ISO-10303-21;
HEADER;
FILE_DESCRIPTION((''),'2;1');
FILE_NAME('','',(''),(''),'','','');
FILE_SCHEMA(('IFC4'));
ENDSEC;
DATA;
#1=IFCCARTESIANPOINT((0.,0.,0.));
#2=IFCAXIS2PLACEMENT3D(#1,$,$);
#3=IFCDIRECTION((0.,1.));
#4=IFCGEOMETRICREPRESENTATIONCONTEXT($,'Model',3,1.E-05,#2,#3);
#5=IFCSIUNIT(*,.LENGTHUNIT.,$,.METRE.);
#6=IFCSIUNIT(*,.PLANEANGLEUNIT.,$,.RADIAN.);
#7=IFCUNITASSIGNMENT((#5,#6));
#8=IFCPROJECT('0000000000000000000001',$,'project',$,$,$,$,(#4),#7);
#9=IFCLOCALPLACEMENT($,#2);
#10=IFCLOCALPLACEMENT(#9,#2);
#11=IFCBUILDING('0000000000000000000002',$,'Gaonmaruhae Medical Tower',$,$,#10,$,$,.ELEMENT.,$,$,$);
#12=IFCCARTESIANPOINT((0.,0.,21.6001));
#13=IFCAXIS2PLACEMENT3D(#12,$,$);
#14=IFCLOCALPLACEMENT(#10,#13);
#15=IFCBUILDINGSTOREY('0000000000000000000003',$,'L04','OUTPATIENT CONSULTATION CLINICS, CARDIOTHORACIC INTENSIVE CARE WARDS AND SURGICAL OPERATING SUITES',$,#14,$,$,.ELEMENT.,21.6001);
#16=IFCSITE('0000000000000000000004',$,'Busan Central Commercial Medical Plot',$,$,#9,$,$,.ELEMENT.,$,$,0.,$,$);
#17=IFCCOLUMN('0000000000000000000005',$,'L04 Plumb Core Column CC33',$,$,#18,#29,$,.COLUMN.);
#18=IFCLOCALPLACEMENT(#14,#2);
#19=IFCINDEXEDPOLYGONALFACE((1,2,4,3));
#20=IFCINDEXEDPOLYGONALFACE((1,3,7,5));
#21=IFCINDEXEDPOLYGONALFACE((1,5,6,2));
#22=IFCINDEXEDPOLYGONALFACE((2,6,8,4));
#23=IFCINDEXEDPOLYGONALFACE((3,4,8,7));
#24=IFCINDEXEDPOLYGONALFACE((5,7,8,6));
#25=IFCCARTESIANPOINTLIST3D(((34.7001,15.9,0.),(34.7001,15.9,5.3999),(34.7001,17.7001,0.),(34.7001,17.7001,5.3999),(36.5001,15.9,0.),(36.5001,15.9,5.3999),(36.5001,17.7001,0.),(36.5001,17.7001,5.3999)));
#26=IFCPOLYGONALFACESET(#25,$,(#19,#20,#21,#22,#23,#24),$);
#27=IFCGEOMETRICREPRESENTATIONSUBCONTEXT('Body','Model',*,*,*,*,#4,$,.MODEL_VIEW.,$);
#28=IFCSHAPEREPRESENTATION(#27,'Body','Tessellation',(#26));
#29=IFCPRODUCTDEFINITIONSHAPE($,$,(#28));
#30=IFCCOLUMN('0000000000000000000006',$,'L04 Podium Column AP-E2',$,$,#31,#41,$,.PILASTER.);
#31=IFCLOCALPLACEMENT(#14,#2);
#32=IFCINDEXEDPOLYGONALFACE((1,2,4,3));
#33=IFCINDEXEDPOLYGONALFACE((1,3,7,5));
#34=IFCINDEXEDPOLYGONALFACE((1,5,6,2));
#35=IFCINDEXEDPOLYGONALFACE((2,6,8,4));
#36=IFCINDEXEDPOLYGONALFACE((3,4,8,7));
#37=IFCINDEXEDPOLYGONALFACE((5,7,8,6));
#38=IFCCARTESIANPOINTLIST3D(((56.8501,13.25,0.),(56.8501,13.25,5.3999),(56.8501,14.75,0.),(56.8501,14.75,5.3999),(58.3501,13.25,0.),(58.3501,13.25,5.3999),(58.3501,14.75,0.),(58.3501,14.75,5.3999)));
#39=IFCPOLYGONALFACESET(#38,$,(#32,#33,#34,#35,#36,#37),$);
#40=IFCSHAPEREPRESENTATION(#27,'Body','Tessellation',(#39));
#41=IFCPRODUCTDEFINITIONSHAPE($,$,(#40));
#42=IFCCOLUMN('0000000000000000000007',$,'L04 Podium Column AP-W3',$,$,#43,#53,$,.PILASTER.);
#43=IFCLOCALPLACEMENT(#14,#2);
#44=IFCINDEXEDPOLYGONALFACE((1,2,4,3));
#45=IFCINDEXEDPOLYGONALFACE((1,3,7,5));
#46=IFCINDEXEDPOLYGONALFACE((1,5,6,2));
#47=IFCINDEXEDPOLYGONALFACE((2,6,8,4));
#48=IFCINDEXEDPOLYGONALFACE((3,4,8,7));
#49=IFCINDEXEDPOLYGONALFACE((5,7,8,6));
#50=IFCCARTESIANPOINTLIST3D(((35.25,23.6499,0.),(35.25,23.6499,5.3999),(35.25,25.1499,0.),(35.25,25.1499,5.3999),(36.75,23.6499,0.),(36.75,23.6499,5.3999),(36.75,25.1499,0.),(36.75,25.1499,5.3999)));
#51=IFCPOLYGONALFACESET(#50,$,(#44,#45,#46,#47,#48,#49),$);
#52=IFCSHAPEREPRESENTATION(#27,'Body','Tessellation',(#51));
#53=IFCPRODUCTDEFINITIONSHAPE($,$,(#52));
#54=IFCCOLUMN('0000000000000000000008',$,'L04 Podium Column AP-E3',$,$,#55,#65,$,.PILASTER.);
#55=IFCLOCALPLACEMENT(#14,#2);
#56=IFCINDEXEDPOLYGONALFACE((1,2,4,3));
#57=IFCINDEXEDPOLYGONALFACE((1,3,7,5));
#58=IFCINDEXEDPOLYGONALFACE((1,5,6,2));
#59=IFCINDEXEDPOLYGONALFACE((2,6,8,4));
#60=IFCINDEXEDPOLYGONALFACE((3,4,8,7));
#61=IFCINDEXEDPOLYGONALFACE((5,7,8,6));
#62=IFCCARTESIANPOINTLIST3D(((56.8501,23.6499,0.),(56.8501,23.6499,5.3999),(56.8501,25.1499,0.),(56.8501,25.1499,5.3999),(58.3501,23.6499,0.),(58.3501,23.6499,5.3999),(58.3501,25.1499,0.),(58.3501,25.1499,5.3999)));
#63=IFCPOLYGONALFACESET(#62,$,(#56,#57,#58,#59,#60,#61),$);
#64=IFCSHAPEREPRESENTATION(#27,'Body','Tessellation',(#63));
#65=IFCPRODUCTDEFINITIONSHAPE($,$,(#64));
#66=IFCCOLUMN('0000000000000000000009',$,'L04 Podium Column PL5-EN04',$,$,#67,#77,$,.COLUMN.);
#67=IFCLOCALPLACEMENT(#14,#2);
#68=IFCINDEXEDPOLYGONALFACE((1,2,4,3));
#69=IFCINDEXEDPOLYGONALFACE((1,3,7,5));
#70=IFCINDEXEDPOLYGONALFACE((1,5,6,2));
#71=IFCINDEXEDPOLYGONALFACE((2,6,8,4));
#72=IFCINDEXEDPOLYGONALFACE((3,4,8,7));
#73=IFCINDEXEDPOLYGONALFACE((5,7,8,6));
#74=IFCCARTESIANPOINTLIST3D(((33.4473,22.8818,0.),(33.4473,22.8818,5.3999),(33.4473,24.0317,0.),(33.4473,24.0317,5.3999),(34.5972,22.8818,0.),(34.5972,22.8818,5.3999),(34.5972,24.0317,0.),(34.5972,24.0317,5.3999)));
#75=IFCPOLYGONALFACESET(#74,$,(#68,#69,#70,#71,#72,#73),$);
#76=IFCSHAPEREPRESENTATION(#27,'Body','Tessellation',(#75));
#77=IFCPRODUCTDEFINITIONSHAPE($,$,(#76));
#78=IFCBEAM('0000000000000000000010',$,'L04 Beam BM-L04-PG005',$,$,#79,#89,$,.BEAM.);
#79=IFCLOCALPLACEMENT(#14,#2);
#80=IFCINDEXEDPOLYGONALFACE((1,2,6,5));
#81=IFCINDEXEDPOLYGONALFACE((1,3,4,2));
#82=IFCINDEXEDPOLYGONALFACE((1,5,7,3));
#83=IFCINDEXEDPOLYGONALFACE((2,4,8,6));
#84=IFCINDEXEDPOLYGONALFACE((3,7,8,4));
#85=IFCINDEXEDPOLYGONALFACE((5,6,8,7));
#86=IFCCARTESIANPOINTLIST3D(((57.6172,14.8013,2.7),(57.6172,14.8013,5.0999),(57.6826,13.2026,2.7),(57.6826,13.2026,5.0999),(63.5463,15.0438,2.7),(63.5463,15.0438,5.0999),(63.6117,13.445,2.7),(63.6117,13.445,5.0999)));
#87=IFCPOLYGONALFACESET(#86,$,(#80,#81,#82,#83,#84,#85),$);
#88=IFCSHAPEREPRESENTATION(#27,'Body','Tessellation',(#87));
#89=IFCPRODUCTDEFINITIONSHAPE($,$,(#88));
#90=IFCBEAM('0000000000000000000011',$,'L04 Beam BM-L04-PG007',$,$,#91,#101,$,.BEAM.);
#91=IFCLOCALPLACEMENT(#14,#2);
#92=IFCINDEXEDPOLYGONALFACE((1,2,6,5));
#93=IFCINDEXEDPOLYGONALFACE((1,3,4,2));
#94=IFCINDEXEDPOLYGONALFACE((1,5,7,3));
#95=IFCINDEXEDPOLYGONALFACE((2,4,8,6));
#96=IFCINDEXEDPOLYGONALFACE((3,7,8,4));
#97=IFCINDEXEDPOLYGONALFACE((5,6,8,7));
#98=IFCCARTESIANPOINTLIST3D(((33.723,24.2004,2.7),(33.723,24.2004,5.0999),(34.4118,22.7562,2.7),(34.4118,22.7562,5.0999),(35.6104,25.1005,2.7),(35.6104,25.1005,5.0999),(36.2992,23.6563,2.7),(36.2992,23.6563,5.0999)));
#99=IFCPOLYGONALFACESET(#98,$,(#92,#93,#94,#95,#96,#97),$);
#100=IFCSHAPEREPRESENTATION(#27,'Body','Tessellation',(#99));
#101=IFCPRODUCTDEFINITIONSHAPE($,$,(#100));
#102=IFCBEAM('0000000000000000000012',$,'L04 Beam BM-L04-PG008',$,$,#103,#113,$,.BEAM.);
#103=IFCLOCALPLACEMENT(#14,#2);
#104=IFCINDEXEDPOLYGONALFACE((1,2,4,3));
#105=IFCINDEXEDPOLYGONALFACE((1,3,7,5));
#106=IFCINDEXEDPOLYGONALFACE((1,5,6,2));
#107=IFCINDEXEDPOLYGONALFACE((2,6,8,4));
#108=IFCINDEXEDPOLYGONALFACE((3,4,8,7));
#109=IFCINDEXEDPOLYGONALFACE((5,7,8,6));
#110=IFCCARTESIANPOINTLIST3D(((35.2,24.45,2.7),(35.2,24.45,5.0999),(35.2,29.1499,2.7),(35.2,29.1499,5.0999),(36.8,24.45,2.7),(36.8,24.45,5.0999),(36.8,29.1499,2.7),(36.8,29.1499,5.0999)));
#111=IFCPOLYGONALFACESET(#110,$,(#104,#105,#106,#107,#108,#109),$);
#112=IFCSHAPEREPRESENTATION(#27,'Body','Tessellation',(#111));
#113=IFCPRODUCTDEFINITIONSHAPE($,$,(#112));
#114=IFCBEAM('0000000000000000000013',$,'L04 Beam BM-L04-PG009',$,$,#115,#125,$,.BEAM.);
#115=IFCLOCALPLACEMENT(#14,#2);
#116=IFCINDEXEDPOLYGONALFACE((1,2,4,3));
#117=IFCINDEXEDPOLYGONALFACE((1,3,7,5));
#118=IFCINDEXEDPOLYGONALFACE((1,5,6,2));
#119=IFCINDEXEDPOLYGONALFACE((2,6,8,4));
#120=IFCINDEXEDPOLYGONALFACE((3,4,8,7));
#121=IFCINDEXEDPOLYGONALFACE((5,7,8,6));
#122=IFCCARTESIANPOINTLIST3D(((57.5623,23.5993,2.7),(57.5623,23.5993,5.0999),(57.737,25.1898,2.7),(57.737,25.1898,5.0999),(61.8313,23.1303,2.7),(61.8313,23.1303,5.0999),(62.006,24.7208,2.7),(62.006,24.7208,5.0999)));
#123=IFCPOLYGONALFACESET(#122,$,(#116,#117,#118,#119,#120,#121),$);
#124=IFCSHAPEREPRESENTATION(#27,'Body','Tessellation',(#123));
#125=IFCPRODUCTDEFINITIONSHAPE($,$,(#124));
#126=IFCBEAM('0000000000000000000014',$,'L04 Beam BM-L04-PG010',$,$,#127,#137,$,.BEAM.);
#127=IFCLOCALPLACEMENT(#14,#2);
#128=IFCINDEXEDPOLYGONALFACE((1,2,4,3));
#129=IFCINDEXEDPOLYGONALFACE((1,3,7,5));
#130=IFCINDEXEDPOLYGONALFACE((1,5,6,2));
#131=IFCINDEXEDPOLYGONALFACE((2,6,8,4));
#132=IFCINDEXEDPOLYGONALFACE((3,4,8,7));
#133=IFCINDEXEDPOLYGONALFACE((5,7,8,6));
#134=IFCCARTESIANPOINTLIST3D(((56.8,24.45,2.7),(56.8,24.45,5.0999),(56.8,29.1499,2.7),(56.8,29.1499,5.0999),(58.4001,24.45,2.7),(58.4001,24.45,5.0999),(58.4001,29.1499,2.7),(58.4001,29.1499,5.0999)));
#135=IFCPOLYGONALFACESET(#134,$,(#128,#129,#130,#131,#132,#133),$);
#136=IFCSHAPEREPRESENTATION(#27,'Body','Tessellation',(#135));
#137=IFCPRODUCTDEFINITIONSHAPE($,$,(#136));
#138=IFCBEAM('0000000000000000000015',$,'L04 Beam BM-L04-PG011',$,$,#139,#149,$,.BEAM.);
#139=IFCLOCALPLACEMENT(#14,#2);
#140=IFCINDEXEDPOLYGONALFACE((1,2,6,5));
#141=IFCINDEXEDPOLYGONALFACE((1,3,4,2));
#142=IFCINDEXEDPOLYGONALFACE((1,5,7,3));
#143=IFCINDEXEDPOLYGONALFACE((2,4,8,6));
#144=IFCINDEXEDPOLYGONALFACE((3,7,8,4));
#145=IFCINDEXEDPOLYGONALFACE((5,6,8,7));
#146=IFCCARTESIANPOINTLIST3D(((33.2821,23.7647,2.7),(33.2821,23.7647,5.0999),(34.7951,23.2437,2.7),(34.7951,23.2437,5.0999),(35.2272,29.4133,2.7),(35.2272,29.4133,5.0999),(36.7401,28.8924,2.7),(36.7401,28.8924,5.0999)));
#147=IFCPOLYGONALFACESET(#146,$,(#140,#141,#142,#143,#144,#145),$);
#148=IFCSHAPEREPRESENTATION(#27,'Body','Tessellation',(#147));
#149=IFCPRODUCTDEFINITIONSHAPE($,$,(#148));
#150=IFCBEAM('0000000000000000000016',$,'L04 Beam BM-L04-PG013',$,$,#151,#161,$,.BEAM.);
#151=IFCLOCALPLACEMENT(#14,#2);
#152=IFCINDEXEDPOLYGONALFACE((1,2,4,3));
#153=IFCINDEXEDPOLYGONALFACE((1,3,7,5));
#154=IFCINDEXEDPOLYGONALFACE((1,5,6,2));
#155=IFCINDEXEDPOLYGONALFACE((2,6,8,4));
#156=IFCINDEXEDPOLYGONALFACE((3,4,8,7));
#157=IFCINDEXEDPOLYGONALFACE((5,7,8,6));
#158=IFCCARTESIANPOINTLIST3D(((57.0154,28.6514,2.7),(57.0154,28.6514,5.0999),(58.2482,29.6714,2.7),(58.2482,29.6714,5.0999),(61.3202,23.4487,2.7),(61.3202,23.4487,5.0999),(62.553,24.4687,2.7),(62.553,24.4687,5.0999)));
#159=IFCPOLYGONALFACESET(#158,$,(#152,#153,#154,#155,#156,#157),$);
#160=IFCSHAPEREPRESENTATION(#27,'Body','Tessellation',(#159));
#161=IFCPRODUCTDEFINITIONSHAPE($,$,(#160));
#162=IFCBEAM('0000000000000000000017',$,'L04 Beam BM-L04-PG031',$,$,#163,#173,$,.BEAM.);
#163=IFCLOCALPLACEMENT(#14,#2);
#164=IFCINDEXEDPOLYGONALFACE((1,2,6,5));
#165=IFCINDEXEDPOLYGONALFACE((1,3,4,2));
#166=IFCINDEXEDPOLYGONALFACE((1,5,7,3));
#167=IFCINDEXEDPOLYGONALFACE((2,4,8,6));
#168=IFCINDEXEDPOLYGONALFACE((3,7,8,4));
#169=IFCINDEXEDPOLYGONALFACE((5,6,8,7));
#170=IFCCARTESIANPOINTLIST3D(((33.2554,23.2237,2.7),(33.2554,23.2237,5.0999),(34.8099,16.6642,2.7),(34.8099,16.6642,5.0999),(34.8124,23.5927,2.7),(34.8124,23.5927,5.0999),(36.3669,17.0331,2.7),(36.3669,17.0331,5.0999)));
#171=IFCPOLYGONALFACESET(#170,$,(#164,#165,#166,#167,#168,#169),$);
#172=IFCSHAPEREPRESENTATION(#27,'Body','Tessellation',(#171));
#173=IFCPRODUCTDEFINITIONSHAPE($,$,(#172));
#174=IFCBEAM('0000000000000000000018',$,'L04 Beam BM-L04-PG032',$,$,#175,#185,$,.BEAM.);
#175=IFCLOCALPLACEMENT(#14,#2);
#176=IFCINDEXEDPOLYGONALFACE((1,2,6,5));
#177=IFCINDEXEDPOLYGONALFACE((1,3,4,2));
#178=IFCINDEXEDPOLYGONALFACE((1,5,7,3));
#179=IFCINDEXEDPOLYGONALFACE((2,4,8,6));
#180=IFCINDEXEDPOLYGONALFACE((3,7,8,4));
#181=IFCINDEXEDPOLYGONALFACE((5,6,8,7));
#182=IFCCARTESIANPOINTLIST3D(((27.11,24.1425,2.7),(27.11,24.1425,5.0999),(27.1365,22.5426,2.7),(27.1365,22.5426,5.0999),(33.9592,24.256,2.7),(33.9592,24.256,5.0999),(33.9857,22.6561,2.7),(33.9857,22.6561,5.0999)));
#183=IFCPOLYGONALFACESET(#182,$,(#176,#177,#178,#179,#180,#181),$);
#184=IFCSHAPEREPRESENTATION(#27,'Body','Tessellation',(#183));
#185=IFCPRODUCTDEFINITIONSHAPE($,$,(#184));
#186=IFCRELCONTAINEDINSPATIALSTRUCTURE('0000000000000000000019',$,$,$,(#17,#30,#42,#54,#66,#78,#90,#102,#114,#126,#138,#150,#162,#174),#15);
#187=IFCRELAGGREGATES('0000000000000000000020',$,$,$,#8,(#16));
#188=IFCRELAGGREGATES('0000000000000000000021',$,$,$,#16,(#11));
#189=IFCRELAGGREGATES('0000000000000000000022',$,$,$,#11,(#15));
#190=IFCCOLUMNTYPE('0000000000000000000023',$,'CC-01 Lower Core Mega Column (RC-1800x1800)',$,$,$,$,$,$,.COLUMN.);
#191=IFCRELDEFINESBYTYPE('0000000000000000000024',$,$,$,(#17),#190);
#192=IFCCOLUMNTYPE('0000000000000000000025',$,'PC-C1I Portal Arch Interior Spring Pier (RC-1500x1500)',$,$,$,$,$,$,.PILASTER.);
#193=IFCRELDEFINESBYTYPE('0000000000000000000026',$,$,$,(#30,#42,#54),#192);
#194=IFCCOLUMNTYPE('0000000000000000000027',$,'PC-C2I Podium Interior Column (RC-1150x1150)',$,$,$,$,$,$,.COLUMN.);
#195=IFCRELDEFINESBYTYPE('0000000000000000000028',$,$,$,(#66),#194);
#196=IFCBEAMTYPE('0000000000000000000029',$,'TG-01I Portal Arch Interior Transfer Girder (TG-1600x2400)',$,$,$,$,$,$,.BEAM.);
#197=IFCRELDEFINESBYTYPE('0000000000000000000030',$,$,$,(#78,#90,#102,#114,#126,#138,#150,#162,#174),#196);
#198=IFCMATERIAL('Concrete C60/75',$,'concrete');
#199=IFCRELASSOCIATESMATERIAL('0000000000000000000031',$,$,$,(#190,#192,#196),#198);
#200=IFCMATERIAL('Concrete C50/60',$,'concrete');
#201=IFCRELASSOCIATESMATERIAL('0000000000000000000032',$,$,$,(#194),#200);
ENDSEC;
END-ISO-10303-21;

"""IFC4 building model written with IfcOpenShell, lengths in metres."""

from ifc_helpers import new_model, si_unit, direction, frame, origin, origin_2d, place, context, subcontext, project, spatial, rectangle, extrude, material, material_profile, profile_set, type_object, element, save


model = new_model("IFC4")

# Units and contexts
model_context = context("Model", 3, precision=1e-05, world=origin(), true_north=direction((0.0, 1.0)))
body_context = subcontext(model_context, "Body", "Model", "MODEL_VIEW")
ifc_project = project(units=[si_unit("LENGTHUNIT", "METRE"), si_unit("PLANEANGLEUNIT", "RADIAN")], contexts=[model_context])

# Site, building, storey
site_placement = place(None, origin())
site = spatial("IfcSite", under=ifc_project, at=site_placement, Name="Busan Central Commercial Medical Plot", CompositionType="ELEMENT", RefElevation=0.0)
building_placement = place(site_placement, origin())
building = spatial("IfcBuilding", under=site, at=building_placement, Name="Gaonmaruhae Medical Tower", CompositionType="ELEMENT")
storey_placement = place(building_placement, frame((0.0, 0.0, 21.6001)))
storey = spatial("IfcBuildingStorey", under=building, at=storey_placement, Name="L04", Description="OUTPATIENT CONSULTATION CLINICS, CARDIOTHORACIC INTENSIVE CARE WARDS AND SURGICAL OPERATING SUITES", CompositionType="ELEMENT", Elevation=21.6001)

# Columns
ifc_material_1 = material(Name="Concrete C60/75", Category="concrete")
ifc_material_profile_1 = material_profile(ifc_material_1, rectangle(XDim=1.8, YDim=1.8, at=origin_2d()), Name="RC-1800x1800")
ifc_profile_set_1 = profile_set([ifc_material_profile_1], Name="Concrete C60/75")
column_type_1 = type_object("IfcColumnType", Name="CC-01 Lower Core Mega Column (RC-1800x1800)", PredefinedType="COLUMN", material=ifc_profile_set_1)
column_1_placement = place(storey_placement, frame((35.6001, 16.8, 0.0), z_axis=(0.0, 0.0, 1.0), x_axis=(1.0, 0.0, 0.0)))
element("IfcColumn", 1, at=column_1_placement, inside=storey, type_object=column_type_1, Name="L04 Plumb Core Column CC33", PredefinedType="COLUMN", context=body_context, shape_type="SweptSolid", body=[
    extrude(rectangle(XDim=1.8, YDim=1.8, at=origin_2d()), origin(), (0.0, 0.0, 1.0), 5.3999),
])
ifc_material_profile_2 = material_profile(ifc_material_1, rectangle(XDim=1.5, YDim=1.5, at=origin_2d()), Name="RC-1500x1500")
ifc_profile_set_2 = profile_set([ifc_material_profile_2], Name="Concrete C60/75")
column_type_2 = type_object("IfcColumnType", Name="PC-C1I Portal Arch Interior Spring Pier (RC-1500x1500)", PredefinedType="PILASTER", material=ifc_profile_set_2)
for number, where, z_axis, x_axis, name in (
    (2, (57.6001, 14.0, 0.0), (0.0, 0.0, 1.0), (1.0, 0.0, 0.0), "L04 Podium Column AP-E2"),
    (3, (36.0, 24.3999, 0.0), (0.0, 0.0, 1.0), (1.0, 0.0, 0.0), "L04 Podium Column AP-W3"),
    (4, (57.6001, 24.3999, 0.0), (0.0, 0.0, 1.0), (1.0, 0.0, 0.0), "L04 Podium Column AP-E3"),
):
    element("IfcColumn", number, at=place(storey_placement, frame(where, z_axis=z_axis, x_axis=x_axis)), inside=storey, type_object=column_type_2, Name=name, PredefinedType="PILASTER", context=body_context, shape_type="SweptSolid", body=[
        extrude(rectangle(XDim=1.5, YDim=1.5, at=origin_2d()), origin(), (0.0, 0.0, 1.0), 5.3999),
    ])
ifc_material_2 = material(Name="Concrete C50/60", Category="concrete")
ifc_material_profile_3 = material_profile(ifc_material_2, rectangle(XDim=1.1499, YDim=1.1499, at=origin_2d()), Name="RC-1150x1150")
ifc_profile_set_3 = profile_set([ifc_material_profile_3], Name="Concrete C50/60")
column_type_3 = type_object("IfcColumnType", Name="PC-C2I Podium Interior Column (RC-1150x1150)", PredefinedType="COLUMN", material=ifc_profile_set_3)
column_2_placement = place(storey_placement, frame((34.0222, 23.4568, 0.0), z_axis=(0.0, 0.0, 1.0), x_axis=(1.0, 0.0, 0.0)))
element("IfcColumn", 5, at=column_2_placement, inside=storey, type_object=column_type_3, Name="L04 Podium Column PL5-EN04", PredefinedType="COLUMN", context=body_context, shape_type="SweptSolid", body=[
    extrude(rectangle(XDim=1.1499, YDim=1.1499, at=origin_2d()), origin(), (0.0, 0.0, 1.0), 5.3999),
])

# Beams
ifc_material_profile_4 = material_profile(ifc_material_1, rectangle(XDim=1.6001, YDim=2.3999, at=origin_2d()), Name="TG-1600x2400")
ifc_profile_set_4 = profile_set([ifc_material_profile_4], Name="Concrete C60/75")
beam_type = type_object("IfcBeamType", Name="TG-01I Portal Arch Interior Transfer Girder (TG-1600x2400)", PredefinedType="BEAM", material=ifc_profile_set_4)
beam_1_placement = place(storey_placement, frame((57.6499, 14.002, 3.8999), z_axis=(0.999165, 0.040854, 0.0), x_axis=(-0.040854, 0.999165, 0.0)))
element("IfcBeam", 6, at=beam_1_placement, inside=storey, type_object=beam_type, Name="L04 Beam BM-L04-PG005", PredefinedType="BEAM", context=body_context, shape_type="SweptSolid", body=[
    extrude(rectangle(XDim=1.6001, YDim=2.3999, at=origin_2d()), origin(), (0.0, 0.0, 1.0), 5.9341),
])
beam_2_placement = place(storey_placement, frame((35.9548, 24.3784, 3.8999), z_axis=(-0.902608, -0.430464, 0.0), x_axis=(0.430464, -0.902608, 0.0)))
element("IfcBeam", 7, at=beam_2_placement, inside=storey, type_object=beam_type, Name="L04 Beam BM-L04-PG007", PredefinedType="BEAM", context=body_context, shape_type="SweptSolid", body=[
    extrude(rectangle(XDim=1.6001, YDim=2.3999, at=origin_2d()), origin(), (0.0, 0.0, 1.0), 2.0911),
])
beam_3_placement = place(storey_placement, frame((36.0, 24.45, 3.8999), z_axis=(0.0, 1.0, 0.0), x_axis=(-1.0, 0.0, 0.0)))
element("IfcBeam", 8, at=beam_3_placement, inside=storey, type_object=beam_type, Name="L04 Beam BM-L04-PG008", PredefinedType="BEAM", context=body_context, shape_type="SweptSolid", body=[
    extrude(rectangle(XDim=1.6001, YDim=2.3999, at=origin_2d()), origin(), (0.0, 0.0, 1.0), 4.7),
])
beam_4_placement = place(storey_placement, frame((57.6497, 24.3945, 3.8999), z_axis=(0.99402, -0.109202, 0.0), x_axis=(0.109202, 0.99402, 0.0)))
element("IfcBeam", 9, at=beam_4_placement, inside=storey, type_object=beam_type, Name="L04 Beam BM-L04-PG009", PredefinedType="BEAM", context=body_context, shape_type="SweptSolid", body=[
    extrude(rectangle(XDim=1.6001, YDim=2.3999, at=origin_2d()), origin(), (0.0, 0.0, 1.0), 4.2947),
])
beam_5_placement = place(storey_placement, frame((57.6001, 24.45, 3.8999), z_axis=(0.0, 1.0, 0.0), x_axis=(-1.0, 0.0, 0.0)))
element("IfcBeam", 10, at=beam_5_placement, inside=storey, type_object=beam_type, Name="L04 Beam BM-L04-PG010", PredefinedType="BEAM", context=body_context, shape_type="SweptSolid", body=[
    extrude(rectangle(XDim=1.6001, YDim=2.3999, at=origin_2d()), origin(), (0.0, 0.0, 1.0), 4.7),
])
beam_6_placement = place(storey_placement, frame((35.9836, 29.1528, 3.8999), z_axis=(-0.325579, -0.945515, 0.0), x_axis=(0.945515, -0.325579, 0.0)))
element("IfcBeam", 11, at=beam_6_placement, inside=storey, type_object=beam_type, Name="L04 Beam BM-L04-PG011", PredefinedType="BEAM", context=body_context, shape_type="SweptSolid", body=[
    extrude(rectangle(XDim=1.6001, YDim=2.3999, at=origin_2d()), origin(), (0.0, 0.0, 1.0), 5.9741),
])
beam_7_placement = place(storey_placement, frame((57.6318, 29.1614, 3.8999), z_axis=(0.637485, -0.770463, 0.0), x_axis=(0.770463, 0.637485, 0.0)))
element("IfcBeam", 12, at=beam_7_placement, inside=storey, type_object=beam_type, Name="L04 Beam BM-L04-PG013", PredefinedType="BEAM", context=body_context, shape_type="SweptSolid", body=[
    extrude(rectangle(XDim=1.6001, YDim=2.3999, at=origin_2d()), origin(), (0.0, 0.0, 1.0), 6.7527),
])
beam_8_placement = place(storey_placement, frame((34.0339, 23.4082, 3.8999), z_axis=(0.230587, -0.973052, 0.0), x_axis=(0.973052, 0.230587, 0.0)))
element("IfcBeam", 13, at=beam_8_placement, inside=storey, type_object=beam_type, Name="L04 Beam BM-L04-PG031", PredefinedType="BEAM", context=body_context, shape_type="SweptSolid", body=[
    extrude(rectangle(XDim=1.6001, YDim=2.3999, at=origin_2d()), origin(), (0.0, 0.0, 1.0), 6.7412),
])
beam_9_placement = place(storey_placement, frame((33.9724, 23.4561, 3.8999), z_axis=(-0.999863, -0.016573, 0.0), x_axis=(0.016573, -0.999863, 0.0)))
element("IfcBeam", 14, at=beam_9_placement, inside=storey, type_object=beam_type, Name="L04 Beam BM-L04-PG032", PredefinedType="BEAM", context=body_context, shape_type="SweptSolid", body=[
    extrude(rectangle(XDim=1.6001, YDim=2.3999, at=origin_2d()), origin(), (0.0, 0.0, 1.0), 6.8501),
])

save(model, "model.ifc")
